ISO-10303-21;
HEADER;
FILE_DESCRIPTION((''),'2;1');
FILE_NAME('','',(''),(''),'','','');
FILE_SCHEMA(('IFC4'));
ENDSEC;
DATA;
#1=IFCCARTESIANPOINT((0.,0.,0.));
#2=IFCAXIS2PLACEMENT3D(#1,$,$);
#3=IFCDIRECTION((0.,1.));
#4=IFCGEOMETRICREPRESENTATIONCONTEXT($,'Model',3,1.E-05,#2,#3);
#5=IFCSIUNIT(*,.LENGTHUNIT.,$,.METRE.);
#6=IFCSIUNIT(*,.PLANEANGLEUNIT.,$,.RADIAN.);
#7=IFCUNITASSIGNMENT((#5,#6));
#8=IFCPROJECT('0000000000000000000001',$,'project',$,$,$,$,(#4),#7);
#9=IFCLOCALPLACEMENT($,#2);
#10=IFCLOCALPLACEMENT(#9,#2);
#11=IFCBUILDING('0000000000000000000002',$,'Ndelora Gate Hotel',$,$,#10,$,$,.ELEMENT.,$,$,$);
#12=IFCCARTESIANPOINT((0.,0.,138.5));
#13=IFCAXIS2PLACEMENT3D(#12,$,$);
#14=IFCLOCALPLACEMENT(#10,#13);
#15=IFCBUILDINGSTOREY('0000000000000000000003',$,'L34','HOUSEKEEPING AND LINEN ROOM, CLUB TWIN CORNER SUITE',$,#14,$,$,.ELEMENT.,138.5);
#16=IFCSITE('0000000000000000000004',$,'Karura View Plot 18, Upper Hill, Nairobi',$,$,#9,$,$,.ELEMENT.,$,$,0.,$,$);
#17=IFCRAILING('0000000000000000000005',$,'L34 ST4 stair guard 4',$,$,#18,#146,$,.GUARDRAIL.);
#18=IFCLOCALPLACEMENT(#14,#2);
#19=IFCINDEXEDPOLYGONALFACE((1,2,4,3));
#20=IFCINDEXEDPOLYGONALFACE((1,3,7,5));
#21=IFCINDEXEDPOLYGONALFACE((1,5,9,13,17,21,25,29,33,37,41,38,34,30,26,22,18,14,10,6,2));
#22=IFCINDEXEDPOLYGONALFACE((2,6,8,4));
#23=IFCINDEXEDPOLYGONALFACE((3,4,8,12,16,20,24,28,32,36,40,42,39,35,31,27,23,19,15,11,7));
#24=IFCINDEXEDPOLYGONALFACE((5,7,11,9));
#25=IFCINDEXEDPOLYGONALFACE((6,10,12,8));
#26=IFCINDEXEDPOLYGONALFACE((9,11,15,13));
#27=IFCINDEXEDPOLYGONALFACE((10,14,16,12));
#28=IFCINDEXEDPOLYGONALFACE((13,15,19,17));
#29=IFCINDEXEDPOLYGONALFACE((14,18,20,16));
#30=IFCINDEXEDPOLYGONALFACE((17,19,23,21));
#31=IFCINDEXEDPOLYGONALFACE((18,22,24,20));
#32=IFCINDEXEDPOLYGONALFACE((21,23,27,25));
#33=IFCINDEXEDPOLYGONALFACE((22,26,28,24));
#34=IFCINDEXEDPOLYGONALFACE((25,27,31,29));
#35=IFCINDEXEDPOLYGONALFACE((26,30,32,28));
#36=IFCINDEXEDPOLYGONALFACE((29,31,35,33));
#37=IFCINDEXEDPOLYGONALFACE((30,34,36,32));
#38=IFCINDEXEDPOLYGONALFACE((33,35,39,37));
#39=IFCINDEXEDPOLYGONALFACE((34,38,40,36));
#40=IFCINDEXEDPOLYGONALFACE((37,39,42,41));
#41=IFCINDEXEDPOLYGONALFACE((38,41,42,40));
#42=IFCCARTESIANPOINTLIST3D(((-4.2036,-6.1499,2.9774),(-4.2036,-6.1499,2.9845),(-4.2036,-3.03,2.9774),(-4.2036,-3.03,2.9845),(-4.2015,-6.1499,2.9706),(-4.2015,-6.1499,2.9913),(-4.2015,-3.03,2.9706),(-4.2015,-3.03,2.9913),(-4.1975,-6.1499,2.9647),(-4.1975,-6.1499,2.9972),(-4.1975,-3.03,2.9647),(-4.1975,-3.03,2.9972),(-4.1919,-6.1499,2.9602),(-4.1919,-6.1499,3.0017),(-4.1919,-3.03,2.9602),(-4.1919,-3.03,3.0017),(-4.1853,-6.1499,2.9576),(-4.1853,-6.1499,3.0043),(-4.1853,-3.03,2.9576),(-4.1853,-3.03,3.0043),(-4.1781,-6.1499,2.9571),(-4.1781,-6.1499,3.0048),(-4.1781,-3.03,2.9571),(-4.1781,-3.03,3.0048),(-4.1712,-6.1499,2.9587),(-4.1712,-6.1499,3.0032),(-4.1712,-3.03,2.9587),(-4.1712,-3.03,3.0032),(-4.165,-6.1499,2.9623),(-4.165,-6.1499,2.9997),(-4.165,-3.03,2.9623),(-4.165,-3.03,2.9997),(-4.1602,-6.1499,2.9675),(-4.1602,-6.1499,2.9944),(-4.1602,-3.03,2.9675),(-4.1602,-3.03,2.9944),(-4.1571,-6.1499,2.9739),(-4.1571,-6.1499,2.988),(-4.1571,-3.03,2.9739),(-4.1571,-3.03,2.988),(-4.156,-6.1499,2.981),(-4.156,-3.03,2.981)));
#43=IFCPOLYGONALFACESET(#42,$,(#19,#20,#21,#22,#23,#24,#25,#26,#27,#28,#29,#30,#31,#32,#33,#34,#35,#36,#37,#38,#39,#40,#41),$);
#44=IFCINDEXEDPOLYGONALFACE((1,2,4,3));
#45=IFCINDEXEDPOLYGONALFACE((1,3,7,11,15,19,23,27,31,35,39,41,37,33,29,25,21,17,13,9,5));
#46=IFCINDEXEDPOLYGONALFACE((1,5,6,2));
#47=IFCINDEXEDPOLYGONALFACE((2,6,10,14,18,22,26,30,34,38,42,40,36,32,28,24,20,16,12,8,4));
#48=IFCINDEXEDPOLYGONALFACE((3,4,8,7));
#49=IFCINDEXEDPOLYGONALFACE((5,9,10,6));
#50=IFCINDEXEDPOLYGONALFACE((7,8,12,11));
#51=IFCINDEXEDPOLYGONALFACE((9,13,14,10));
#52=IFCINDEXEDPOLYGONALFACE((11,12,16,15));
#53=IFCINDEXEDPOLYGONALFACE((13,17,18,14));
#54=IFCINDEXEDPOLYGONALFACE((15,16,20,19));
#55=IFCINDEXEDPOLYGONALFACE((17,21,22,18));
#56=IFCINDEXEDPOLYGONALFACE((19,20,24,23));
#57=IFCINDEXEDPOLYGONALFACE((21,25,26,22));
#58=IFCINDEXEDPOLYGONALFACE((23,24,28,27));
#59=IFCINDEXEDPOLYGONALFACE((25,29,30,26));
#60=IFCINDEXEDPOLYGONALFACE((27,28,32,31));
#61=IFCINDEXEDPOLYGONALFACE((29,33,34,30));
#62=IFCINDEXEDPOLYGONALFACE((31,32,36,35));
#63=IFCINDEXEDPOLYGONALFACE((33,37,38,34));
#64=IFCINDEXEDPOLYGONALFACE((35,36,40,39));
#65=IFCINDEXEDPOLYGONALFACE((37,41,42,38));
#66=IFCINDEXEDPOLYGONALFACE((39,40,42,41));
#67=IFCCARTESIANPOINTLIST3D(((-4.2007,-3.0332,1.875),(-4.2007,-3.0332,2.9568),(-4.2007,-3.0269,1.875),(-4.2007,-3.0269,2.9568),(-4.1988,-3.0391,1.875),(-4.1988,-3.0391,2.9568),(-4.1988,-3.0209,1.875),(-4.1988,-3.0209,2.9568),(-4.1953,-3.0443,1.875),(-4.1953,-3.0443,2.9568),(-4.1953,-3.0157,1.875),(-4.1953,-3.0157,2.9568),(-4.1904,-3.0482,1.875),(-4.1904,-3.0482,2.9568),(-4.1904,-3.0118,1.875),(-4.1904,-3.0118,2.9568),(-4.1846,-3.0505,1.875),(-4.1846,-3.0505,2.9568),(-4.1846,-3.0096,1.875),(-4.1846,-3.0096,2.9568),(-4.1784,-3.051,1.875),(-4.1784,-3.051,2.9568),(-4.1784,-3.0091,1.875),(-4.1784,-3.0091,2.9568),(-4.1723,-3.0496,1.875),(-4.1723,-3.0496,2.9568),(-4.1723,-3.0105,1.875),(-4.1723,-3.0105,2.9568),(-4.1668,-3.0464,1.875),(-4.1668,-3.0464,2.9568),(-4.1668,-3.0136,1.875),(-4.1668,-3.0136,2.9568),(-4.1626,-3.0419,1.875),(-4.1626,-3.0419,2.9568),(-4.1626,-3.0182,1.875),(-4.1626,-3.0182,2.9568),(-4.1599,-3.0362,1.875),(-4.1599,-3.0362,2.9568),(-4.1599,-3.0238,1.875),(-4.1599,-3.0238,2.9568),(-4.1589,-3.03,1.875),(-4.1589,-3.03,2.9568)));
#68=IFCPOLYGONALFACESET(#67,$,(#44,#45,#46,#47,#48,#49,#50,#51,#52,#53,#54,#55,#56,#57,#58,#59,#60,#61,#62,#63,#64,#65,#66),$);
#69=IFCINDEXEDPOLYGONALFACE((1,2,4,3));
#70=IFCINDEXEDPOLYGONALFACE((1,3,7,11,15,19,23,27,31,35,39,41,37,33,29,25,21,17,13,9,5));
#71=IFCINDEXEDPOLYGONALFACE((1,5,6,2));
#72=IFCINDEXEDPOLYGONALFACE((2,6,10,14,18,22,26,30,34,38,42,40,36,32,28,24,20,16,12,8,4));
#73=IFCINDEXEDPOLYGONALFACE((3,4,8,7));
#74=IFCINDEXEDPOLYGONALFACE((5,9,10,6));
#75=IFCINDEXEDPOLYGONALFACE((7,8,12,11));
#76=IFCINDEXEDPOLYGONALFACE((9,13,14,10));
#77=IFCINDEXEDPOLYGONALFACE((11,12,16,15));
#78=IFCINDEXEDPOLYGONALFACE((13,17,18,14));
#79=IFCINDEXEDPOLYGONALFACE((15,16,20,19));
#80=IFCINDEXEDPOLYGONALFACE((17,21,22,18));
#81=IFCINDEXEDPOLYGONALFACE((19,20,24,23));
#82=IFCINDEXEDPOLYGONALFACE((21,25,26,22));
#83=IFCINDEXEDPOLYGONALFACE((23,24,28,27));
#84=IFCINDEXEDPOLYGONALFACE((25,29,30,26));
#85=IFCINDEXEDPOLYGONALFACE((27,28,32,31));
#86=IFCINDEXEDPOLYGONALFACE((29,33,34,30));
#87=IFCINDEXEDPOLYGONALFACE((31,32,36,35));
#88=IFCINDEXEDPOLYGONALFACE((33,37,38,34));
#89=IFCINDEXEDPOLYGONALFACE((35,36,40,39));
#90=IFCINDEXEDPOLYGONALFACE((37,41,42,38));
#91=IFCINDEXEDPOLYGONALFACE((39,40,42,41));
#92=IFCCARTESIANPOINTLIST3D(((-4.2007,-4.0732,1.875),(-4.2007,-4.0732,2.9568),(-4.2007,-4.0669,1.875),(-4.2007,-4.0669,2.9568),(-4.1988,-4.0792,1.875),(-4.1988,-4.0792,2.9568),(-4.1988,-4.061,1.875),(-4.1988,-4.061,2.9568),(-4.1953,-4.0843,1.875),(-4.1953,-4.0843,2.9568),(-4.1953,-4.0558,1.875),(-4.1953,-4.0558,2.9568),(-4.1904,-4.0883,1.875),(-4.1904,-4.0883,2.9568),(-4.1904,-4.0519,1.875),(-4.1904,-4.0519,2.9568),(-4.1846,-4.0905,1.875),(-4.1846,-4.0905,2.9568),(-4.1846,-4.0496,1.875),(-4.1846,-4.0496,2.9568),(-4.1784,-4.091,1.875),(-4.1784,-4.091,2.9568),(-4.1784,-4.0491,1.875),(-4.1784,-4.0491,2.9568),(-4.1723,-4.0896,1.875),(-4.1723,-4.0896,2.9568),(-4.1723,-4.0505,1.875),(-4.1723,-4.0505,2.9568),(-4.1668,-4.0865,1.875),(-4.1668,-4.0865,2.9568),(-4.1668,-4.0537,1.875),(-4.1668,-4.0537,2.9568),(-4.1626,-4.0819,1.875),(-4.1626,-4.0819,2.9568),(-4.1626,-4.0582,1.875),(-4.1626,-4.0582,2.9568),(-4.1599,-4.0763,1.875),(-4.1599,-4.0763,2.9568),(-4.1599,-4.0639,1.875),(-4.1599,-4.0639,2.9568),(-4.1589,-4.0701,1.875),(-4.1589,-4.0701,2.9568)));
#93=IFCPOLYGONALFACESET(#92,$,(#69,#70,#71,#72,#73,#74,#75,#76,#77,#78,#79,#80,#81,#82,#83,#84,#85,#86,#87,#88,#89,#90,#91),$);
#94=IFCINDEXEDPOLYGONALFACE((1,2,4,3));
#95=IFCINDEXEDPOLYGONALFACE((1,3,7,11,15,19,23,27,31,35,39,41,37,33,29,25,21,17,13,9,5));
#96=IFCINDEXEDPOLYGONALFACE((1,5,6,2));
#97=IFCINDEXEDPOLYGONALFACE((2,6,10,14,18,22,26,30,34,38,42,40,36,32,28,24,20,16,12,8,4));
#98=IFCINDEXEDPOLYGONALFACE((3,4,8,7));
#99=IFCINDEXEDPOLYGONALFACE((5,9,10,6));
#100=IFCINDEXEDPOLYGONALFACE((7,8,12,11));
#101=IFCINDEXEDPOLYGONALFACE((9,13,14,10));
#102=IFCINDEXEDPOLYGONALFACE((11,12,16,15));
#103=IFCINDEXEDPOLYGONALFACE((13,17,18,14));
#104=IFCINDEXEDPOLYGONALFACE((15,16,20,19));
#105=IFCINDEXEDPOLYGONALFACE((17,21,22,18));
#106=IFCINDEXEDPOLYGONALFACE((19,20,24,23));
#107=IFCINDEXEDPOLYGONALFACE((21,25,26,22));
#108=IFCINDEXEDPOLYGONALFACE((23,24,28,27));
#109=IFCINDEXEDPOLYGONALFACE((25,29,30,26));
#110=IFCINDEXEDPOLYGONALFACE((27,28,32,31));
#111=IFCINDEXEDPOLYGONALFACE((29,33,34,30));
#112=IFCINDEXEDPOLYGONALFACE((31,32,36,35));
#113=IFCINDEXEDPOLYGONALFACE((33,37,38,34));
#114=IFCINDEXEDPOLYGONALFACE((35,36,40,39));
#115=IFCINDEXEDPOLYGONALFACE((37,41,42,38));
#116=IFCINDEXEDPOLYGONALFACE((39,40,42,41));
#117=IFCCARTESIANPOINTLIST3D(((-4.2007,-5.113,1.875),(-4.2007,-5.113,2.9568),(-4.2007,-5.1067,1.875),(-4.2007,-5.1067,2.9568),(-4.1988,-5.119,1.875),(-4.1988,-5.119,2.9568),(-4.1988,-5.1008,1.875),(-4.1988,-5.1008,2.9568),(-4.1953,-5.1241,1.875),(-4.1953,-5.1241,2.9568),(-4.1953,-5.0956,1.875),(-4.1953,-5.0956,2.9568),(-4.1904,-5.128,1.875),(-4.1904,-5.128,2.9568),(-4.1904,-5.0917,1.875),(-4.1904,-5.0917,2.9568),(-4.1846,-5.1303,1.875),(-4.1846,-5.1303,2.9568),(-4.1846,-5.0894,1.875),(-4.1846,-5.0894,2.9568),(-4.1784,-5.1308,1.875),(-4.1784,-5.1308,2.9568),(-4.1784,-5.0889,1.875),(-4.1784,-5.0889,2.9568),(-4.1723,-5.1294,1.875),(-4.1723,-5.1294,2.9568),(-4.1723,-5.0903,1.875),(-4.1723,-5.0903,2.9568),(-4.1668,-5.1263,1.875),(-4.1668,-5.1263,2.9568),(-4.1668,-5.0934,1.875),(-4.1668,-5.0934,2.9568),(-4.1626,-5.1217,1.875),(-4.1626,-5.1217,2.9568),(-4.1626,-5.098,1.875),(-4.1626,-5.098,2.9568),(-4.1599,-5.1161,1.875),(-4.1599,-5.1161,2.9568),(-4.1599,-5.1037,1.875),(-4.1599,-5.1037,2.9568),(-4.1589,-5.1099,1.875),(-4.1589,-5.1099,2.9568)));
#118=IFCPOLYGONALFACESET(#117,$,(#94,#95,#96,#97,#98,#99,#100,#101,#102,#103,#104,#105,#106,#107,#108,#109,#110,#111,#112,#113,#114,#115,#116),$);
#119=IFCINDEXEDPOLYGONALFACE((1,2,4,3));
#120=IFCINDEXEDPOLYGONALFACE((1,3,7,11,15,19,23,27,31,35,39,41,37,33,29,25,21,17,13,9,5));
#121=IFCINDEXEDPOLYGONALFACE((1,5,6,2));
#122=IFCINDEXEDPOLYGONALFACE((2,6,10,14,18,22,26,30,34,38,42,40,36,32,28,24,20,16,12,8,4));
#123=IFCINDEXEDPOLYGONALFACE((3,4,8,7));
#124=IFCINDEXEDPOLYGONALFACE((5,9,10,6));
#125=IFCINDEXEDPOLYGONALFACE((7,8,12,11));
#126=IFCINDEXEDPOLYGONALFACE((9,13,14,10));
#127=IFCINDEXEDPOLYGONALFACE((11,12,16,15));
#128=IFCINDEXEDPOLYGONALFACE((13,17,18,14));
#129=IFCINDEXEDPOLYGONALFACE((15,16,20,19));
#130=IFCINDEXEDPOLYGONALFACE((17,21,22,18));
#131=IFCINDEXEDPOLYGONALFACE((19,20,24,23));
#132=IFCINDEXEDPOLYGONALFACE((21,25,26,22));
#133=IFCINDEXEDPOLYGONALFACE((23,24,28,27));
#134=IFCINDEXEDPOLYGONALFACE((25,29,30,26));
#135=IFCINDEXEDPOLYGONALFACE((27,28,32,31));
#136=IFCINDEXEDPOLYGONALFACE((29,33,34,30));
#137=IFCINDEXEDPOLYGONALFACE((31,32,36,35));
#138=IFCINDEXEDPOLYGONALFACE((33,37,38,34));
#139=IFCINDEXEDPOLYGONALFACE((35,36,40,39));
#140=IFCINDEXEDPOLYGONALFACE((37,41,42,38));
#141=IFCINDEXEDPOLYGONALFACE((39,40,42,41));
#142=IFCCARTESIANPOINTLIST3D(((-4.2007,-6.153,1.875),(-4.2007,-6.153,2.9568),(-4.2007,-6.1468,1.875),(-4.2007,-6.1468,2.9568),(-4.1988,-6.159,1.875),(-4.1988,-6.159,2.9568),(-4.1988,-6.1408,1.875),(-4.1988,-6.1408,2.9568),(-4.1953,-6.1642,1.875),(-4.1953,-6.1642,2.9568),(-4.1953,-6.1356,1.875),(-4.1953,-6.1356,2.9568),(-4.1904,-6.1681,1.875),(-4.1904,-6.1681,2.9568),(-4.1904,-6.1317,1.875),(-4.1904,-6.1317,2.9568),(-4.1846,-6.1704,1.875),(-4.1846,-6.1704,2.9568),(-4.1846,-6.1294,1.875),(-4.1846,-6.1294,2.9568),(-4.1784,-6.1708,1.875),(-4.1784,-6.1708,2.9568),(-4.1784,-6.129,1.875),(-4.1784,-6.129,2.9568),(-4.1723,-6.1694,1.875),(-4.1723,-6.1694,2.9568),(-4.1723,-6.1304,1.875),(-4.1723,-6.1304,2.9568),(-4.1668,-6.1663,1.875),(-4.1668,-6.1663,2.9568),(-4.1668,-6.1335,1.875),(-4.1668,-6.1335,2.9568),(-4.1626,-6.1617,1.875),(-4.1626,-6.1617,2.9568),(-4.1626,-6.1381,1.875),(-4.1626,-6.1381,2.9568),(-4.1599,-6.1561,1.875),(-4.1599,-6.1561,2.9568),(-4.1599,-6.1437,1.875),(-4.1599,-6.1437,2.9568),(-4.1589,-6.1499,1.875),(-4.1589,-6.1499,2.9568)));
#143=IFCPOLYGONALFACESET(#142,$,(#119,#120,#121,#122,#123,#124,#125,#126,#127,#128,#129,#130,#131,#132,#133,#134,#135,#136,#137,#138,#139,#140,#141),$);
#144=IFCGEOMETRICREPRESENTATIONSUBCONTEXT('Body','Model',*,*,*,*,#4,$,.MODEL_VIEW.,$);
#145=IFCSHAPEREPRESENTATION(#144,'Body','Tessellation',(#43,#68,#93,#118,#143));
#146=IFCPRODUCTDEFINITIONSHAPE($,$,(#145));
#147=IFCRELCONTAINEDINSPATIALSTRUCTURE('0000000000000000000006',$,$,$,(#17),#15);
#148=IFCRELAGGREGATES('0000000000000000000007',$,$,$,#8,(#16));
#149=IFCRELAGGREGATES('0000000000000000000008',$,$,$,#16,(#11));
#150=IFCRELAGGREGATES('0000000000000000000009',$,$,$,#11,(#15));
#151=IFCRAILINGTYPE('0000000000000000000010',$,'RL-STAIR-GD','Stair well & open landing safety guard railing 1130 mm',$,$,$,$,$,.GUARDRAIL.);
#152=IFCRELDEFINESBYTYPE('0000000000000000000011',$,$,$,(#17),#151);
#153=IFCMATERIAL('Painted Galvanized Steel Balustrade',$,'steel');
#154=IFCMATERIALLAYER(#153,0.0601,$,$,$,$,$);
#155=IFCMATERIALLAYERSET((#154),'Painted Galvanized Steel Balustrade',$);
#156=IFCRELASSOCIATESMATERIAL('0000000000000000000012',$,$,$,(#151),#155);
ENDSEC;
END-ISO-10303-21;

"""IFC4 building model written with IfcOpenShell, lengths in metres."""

from ifc_helpers import new_model, si_unit, direction, frame, origin, origin_2d, place, context, subcontext, project, spatial, circle, extrude, material, layer, layer_set, type_object, element, save


model = new_model("IFC4")

# Units and contexts
model_context = context("Model", 3, precision=1e-05, world=origin(), true_north=direction((0.0, 1.0)))
body_context = subcontext(model_context, "Body", "Model", "MODEL_VIEW")
ifc_project = project(units=[si_unit("LENGTHUNIT", "METRE"), si_unit("PLANEANGLEUNIT", "RADIAN")], contexts=[model_context])

# Site, building, storey
site_placement = place(None, origin())
site = spatial("IfcSite", under=ifc_project, at=site_placement, Name="Karura View Plot 18, Upper Hill, Nairobi", CompositionType="ELEMENT", RefElevation=0.0)
building_placement = place(site_placement, origin())
building = spatial("IfcBuilding", under=site, at=building_placement, Name="Ndelora Gate Hotel", CompositionType="ELEMENT")
storey_placement = place(building_placement, frame((0.0, 0.0, 138.5)))
storey = spatial("IfcBuildingStorey", under=building, at=storey_placement, Name="L34", Description="HOUSEKEEPING AND LINEN ROOM, CLUB TWIN CORNER SUITE", CompositionType="ELEMENT", Elevation=138.5)

# Railing
ifc_material_1 = material(Name="Painted Galvanized Steel Balustrade", Category="steel")
ifc_layer_1 = layer(ifc_material_1, 0.0601)
ifc_layer_set_1 = layer_set([ifc_layer_1], Name="Painted Galvanized Steel Balustrade")
railing_type_1 = type_object("IfcRailingType", Name="RL-STAIR-GD", Description="Stair well & open landing safety guard railing 1130 mm", PredefinedType="GUARDRAIL", material=ifc_layer_set_1)
for number, where, name in (
    (1, (-4.1799, -3.03, 1.875), "L34 ST4 stair guard 4"),
):
    element("IfcRailing", number, at=place(storey_placement, frame(where)), inside=storey, type_object=railing_type_1, Name=name, PredefinedType="GUARDRAIL", context=body_context, shape_type="SweptSolid", body=[
        extrude(circle(Radius=0.0239, at=origin_2d()), frame((0.0, 0.0, 1.106), z_axis=(0.0, -1.0, 0.0), x_axis=(1.0, 0.0, 0.0)), (0.0, 0.0, 1.0), 3.1199),
        extrude(circle(Radius=0.021, at=origin_2d()), origin(), (0.0, 0.0, 1.0), 1.0818),
        extrude(circle(Radius=0.021, at=origin_2d()), frame((0.0, -1.04, 0.0)), (0.0, 0.0, 1.0), 1.0818),
        extrude(circle(Radius=0.021, at=origin_2d()), frame((0.0, -2.0798, 0.0)), (0.0, 0.0, 1.0), 1.0818),
        extrude(circle(Radius=0.021, at=origin_2d()), frame((0.0, -3.1199, 0.0)), (0.0, 0.0, 1.0), 1.0818),
    ])

save(model, "model.ifc")
